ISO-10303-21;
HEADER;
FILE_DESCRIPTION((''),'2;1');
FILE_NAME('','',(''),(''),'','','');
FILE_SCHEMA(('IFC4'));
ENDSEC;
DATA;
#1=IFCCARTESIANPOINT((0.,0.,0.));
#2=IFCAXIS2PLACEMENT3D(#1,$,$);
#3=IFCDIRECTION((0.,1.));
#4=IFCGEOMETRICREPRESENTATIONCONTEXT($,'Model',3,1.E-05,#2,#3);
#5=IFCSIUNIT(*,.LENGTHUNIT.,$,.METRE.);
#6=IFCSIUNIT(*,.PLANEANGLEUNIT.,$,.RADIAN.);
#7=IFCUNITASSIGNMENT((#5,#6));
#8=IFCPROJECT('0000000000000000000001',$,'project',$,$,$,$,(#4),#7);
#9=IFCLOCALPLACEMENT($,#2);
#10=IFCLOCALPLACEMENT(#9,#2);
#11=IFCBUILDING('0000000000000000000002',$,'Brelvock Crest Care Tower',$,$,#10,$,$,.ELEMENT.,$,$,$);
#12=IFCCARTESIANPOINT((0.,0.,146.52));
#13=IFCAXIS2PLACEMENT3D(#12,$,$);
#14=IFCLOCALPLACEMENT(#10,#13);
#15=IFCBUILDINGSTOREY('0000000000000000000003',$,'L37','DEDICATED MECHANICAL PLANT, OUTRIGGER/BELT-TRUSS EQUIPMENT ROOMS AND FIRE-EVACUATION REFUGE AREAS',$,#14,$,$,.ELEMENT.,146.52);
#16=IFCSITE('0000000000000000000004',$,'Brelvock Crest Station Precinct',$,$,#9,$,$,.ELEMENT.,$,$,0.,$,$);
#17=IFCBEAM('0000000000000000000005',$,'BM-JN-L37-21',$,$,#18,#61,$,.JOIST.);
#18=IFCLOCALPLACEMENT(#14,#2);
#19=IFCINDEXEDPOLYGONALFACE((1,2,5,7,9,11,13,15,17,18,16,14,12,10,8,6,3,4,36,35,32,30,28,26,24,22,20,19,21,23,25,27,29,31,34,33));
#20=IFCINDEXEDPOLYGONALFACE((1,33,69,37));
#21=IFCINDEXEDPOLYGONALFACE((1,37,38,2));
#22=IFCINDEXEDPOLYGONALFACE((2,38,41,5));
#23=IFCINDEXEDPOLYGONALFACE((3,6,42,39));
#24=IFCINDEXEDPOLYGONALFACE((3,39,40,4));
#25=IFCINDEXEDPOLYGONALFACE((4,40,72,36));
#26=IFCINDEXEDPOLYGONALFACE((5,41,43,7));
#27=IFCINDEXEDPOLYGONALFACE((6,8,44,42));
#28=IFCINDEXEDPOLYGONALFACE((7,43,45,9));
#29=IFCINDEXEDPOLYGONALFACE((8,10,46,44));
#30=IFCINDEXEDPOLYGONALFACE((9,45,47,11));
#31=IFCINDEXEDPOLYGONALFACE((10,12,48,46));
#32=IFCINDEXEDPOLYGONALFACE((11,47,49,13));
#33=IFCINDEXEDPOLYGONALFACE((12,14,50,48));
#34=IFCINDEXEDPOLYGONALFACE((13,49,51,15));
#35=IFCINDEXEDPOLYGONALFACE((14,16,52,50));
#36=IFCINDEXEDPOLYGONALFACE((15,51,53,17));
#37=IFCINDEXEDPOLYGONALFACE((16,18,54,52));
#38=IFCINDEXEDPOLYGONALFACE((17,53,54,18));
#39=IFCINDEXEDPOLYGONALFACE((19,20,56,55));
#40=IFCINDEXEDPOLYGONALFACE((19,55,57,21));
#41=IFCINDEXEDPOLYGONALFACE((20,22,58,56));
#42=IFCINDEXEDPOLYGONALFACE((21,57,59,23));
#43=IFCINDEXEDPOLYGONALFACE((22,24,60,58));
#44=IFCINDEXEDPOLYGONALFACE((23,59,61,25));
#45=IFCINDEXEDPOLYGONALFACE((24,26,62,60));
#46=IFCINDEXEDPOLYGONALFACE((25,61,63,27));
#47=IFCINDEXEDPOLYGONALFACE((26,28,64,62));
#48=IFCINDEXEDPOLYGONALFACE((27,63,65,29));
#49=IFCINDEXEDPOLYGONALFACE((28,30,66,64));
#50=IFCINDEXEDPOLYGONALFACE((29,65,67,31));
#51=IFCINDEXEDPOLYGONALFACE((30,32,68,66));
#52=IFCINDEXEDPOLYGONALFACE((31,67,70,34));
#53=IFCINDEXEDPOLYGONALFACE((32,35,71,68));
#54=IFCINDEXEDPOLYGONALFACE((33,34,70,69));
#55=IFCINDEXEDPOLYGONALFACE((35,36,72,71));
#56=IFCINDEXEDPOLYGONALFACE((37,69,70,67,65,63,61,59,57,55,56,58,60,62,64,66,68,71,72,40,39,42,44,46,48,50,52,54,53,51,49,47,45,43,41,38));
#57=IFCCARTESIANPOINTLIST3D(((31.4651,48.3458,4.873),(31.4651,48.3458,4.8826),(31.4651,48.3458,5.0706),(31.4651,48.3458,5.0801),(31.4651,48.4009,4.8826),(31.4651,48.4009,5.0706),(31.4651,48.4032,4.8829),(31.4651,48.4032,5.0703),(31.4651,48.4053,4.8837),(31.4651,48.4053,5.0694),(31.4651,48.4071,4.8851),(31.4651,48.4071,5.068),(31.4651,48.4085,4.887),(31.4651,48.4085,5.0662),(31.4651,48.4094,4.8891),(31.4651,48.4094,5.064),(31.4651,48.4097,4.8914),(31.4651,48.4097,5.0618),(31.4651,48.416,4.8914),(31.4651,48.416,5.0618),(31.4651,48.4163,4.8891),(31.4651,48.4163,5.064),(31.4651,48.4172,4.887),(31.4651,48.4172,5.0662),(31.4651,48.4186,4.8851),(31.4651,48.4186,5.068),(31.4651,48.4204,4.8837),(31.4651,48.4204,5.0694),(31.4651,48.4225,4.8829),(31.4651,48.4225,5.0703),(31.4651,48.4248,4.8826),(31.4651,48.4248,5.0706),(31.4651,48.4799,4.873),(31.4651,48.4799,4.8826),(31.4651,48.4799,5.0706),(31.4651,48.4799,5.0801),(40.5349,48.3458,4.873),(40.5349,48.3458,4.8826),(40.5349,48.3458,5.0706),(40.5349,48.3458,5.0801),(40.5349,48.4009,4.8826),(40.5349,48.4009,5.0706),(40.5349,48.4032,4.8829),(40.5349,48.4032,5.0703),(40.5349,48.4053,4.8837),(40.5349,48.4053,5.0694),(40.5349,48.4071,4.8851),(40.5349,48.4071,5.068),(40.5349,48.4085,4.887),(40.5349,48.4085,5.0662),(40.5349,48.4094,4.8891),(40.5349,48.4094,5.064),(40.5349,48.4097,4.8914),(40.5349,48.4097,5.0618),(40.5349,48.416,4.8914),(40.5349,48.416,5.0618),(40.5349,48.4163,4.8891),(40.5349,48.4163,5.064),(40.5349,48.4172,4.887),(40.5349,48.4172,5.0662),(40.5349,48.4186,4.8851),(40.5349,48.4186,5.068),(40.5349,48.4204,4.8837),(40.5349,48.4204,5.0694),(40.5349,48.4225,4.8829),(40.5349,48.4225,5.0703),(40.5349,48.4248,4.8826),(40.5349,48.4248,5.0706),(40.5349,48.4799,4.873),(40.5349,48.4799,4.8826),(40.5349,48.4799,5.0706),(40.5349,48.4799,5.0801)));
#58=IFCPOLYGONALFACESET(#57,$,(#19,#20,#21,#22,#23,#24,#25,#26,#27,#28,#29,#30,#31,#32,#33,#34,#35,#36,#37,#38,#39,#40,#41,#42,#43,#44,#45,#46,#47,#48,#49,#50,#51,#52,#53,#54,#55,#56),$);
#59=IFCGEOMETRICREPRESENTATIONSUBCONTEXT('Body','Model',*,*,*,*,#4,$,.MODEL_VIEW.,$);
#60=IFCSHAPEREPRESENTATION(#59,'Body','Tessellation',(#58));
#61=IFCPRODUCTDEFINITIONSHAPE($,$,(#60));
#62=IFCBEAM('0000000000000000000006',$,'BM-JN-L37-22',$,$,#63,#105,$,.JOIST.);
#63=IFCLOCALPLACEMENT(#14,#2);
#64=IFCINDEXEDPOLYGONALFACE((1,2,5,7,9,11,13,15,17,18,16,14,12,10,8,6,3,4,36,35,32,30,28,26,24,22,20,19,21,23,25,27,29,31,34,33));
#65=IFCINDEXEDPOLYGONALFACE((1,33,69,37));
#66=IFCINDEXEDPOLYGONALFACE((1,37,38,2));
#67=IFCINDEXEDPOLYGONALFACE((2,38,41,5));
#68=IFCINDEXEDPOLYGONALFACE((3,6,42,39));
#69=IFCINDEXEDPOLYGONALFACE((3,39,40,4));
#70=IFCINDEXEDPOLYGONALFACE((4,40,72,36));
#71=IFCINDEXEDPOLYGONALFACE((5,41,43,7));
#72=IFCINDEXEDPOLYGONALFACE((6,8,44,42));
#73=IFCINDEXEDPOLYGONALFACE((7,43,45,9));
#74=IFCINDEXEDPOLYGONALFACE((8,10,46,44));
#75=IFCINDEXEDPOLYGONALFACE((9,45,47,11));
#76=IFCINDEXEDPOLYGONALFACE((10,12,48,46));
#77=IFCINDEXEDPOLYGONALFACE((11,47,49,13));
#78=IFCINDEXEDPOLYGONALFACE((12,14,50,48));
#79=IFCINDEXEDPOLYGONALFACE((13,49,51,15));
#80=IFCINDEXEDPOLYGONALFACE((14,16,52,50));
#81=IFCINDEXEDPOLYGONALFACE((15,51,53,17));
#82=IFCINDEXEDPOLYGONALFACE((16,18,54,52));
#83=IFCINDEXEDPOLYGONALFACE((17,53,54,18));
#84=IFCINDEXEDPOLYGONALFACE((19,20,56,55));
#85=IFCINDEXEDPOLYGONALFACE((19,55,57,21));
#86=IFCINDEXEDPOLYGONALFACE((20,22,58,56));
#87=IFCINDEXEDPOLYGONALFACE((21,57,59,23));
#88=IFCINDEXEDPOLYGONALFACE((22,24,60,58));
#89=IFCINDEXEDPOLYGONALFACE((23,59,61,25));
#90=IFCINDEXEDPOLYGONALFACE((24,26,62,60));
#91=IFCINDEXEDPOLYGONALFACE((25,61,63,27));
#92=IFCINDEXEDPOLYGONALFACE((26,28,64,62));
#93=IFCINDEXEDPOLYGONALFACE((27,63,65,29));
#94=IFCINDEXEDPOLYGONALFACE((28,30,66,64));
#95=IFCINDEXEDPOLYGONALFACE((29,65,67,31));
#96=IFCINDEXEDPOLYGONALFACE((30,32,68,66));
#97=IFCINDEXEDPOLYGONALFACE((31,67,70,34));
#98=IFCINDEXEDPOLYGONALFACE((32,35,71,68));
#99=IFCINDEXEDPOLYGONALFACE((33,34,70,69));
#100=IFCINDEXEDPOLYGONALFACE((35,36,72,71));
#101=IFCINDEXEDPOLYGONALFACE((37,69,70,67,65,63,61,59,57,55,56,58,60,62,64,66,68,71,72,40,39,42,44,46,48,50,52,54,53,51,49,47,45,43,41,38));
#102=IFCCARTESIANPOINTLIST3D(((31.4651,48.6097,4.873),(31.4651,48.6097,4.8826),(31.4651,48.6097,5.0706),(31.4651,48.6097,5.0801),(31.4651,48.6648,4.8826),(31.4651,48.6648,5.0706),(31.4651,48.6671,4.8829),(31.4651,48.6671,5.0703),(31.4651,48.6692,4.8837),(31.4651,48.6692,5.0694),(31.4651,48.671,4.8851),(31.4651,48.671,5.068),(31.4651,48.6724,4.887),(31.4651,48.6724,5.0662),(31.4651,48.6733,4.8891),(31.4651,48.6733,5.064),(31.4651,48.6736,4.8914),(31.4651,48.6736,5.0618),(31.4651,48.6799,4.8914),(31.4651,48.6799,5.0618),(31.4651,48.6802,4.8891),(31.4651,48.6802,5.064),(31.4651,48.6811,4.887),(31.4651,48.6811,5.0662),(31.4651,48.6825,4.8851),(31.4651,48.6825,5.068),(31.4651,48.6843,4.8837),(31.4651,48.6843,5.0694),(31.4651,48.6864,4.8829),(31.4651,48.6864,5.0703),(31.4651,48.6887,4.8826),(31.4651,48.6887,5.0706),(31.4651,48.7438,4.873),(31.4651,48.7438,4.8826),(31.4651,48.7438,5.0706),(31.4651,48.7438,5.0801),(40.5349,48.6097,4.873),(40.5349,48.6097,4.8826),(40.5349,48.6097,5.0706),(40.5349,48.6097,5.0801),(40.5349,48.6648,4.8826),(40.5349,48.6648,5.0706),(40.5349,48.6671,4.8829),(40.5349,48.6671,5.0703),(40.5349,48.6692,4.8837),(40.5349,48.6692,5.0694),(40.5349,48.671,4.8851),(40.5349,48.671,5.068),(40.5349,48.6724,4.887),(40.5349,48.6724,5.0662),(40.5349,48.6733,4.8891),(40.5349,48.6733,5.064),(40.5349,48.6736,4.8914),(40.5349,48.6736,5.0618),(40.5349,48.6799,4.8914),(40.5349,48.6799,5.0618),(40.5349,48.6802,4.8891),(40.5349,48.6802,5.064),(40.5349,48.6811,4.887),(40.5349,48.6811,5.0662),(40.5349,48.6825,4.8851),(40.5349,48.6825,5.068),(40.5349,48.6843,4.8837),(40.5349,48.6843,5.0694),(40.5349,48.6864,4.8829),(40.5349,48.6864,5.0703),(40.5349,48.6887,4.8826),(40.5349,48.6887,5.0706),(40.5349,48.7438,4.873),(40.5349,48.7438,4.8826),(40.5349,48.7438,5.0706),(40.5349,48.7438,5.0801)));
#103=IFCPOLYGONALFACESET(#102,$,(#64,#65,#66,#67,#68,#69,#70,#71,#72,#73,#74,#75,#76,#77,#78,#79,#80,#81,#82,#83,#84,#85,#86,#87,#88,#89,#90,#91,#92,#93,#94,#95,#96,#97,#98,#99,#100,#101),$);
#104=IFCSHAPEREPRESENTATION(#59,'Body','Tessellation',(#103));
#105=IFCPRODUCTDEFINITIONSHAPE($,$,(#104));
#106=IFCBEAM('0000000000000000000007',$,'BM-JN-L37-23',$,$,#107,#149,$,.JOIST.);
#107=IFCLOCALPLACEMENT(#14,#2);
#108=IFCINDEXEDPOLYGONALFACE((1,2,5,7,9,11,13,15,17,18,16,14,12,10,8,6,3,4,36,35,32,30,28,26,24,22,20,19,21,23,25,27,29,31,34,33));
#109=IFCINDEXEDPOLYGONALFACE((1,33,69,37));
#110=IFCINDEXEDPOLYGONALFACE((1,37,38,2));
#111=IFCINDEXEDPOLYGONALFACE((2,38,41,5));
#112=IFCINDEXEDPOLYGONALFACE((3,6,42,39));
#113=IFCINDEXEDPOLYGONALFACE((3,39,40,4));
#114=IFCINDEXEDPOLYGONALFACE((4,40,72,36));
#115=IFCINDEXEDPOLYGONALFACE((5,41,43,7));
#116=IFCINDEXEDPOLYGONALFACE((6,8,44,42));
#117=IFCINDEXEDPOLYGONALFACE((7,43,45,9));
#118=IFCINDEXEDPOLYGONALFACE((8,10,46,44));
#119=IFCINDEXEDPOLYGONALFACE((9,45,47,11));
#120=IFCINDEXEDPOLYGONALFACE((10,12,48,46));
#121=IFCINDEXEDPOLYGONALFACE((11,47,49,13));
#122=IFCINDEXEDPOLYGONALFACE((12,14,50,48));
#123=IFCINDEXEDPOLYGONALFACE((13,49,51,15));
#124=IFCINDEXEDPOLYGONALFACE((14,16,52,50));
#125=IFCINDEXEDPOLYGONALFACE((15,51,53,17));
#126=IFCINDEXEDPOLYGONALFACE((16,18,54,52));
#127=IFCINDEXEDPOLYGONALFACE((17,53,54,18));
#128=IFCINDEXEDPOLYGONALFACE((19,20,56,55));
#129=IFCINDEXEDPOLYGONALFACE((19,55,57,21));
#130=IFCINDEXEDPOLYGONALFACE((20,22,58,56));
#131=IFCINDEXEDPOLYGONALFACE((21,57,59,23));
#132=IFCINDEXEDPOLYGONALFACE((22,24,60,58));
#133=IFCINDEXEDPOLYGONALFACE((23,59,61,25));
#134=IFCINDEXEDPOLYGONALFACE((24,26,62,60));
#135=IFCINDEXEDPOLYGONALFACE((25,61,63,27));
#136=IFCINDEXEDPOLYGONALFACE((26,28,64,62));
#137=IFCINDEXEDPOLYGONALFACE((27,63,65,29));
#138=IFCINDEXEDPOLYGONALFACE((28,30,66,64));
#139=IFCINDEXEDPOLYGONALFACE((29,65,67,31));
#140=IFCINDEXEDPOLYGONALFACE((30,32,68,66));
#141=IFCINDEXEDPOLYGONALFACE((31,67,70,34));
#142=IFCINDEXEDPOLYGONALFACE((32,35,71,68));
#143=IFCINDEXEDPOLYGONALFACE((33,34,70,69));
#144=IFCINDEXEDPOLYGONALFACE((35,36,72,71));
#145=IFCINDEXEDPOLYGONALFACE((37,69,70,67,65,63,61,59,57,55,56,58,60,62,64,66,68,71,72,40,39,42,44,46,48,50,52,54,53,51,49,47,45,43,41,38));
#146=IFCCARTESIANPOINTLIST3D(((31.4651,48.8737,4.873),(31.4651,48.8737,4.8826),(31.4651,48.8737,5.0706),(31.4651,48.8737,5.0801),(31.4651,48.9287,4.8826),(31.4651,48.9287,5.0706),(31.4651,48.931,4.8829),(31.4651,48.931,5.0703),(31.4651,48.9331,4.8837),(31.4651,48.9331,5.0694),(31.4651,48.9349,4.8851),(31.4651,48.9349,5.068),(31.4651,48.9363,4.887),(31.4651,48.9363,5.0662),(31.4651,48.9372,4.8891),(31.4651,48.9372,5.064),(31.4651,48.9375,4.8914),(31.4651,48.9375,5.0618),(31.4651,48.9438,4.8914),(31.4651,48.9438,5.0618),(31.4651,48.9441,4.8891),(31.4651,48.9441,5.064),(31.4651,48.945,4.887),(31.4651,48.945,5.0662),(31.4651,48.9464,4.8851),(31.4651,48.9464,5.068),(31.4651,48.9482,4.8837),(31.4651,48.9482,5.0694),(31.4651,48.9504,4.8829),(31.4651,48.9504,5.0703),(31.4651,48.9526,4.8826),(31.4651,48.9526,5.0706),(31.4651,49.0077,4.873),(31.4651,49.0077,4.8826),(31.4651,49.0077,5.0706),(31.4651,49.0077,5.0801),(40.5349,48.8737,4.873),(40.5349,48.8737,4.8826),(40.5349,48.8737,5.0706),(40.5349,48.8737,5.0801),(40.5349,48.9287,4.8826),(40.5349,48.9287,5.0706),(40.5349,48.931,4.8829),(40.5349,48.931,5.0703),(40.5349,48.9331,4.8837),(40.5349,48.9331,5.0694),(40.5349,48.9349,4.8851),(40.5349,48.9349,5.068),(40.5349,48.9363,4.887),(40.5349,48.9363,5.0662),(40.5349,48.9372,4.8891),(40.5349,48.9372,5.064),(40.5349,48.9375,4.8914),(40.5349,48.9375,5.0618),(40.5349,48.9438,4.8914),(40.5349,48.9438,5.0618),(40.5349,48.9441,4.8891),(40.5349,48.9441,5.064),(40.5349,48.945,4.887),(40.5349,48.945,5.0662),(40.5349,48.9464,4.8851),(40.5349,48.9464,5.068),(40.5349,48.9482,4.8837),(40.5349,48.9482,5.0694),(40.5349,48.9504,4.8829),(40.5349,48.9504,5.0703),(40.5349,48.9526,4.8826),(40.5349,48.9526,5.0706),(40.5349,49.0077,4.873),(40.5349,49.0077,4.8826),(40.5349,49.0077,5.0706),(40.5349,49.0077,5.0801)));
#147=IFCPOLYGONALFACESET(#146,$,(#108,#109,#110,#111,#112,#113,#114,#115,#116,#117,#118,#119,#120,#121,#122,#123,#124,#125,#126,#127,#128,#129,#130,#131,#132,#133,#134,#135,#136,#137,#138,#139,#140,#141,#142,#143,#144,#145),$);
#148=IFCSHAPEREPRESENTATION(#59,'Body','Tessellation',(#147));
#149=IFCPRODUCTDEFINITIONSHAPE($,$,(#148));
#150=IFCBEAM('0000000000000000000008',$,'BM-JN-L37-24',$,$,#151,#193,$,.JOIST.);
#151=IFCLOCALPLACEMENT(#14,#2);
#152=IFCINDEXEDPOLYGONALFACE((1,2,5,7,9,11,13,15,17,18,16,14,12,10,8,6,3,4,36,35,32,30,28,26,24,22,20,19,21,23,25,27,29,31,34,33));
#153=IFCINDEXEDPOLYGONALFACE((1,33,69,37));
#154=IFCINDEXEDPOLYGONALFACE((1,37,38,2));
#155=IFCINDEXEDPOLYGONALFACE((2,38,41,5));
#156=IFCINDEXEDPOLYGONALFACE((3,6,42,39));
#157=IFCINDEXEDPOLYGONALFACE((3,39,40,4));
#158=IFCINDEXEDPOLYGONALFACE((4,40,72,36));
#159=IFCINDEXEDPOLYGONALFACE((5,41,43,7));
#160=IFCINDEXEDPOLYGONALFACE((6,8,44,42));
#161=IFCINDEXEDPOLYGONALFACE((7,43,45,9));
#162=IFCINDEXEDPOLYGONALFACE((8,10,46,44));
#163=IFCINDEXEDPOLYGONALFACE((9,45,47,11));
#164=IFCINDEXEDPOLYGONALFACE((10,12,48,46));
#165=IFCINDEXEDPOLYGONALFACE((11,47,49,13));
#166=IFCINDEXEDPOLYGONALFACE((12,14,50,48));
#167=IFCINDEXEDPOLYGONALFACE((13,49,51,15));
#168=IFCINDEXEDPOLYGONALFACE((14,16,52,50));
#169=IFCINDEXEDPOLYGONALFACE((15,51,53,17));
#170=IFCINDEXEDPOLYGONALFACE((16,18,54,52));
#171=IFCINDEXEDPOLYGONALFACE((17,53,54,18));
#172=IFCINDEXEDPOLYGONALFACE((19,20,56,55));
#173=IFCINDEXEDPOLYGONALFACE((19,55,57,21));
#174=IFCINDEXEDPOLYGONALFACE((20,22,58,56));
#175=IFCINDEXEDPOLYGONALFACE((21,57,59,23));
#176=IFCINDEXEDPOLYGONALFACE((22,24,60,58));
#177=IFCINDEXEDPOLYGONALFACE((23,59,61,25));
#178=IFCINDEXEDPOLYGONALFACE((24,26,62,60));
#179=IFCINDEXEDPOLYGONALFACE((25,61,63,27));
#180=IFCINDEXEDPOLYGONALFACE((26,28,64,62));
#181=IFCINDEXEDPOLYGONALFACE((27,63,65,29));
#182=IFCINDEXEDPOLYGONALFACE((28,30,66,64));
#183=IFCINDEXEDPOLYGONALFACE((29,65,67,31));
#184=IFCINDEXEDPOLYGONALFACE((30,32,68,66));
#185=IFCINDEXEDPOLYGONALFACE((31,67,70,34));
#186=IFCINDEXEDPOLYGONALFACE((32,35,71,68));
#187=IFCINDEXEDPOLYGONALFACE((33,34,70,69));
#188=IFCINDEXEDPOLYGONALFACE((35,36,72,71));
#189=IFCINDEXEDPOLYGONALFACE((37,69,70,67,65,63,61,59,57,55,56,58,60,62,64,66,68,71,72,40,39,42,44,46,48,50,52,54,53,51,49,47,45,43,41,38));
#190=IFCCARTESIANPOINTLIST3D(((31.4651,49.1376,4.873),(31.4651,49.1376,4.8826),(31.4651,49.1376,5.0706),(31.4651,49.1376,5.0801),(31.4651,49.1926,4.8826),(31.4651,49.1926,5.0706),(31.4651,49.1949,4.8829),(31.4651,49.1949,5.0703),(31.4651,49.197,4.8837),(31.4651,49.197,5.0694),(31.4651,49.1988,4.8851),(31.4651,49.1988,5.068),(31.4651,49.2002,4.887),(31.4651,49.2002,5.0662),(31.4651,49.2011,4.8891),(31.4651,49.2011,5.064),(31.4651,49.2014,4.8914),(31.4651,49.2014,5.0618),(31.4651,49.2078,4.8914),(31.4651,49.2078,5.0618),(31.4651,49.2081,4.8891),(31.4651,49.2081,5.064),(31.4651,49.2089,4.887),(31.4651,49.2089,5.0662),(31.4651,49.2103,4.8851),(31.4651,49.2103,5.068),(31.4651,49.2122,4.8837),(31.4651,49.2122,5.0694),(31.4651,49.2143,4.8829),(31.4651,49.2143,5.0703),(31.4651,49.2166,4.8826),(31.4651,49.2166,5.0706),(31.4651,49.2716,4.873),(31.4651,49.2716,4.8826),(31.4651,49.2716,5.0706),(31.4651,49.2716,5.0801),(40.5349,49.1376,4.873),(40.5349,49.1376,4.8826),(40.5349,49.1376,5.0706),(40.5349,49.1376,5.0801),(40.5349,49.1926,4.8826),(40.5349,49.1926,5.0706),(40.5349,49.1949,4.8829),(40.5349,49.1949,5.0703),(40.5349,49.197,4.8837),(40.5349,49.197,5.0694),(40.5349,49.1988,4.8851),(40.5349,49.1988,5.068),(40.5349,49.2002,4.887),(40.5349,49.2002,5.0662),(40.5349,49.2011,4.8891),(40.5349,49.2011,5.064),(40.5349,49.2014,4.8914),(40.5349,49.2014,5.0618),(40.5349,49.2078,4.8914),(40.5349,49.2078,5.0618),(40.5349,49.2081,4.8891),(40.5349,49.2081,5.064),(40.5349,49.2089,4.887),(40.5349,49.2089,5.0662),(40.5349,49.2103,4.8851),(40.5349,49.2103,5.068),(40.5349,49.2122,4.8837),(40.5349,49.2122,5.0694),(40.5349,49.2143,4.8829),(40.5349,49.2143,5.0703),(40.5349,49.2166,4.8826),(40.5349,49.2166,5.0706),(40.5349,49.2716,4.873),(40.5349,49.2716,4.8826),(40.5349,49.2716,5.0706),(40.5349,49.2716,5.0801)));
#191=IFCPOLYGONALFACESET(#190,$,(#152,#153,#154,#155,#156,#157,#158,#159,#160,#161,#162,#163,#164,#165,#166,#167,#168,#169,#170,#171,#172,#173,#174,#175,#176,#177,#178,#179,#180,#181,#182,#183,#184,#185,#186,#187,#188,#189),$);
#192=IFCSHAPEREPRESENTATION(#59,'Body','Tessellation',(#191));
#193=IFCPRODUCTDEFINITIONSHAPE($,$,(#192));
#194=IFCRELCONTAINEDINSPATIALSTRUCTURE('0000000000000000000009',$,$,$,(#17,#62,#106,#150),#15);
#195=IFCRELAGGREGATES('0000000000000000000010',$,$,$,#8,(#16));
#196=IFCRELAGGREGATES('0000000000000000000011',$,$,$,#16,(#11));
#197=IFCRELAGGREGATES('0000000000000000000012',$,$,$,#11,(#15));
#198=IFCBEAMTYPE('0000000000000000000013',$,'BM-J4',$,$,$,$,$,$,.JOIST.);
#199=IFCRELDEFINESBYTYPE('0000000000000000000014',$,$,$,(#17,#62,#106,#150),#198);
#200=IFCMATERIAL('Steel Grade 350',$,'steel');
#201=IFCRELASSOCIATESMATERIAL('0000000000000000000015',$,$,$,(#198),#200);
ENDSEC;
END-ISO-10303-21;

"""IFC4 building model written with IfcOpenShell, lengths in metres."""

from ifc_helpers import new_model, si_unit, direction, frame, origin, origin_2d, place, context, subcontext, project, spatial, i_section, extrude, source, transform, mapped, material, material_profile, profile_set, type_object, element, save


model = new_model("IFC4")

# Units and contexts
model_context = context("Model", 3, precision=1e-05, world=origin(), true_north=direction((0.0, 1.0)))
body_context = subcontext(model_context, "Body", "Model", "MODEL_VIEW")
ifc_project = project(units=[si_unit("LENGTHUNIT", "METRE"), si_unit("PLANEANGLEUNIT", "RADIAN")], contexts=[model_context])

# Site, building, storey
site_placement = place(None, origin())
site = spatial("IfcSite", under=ifc_project, at=site_placement, Name="Brelvock Crest Station Precinct", CompositionType="ELEMENT", RefElevation=0.0)
building_placement = place(site_placement, origin())
building = spatial("IfcBuilding", under=site, at=building_placement, Name="Brelvock Crest Care Tower", CompositionType="ELEMENT")
storey_placement = place(building_placement, frame((0.0, 0.0, 146.52)))
storey = spatial("IfcBuildingStorey", under=building, at=storey_placement, Name="L37", Description="DEDICATED MECHANICAL PLANT, OUTRIGGER/BELT-TRUSS EQUIPMENT ROOMS AND FIRE-EVACUATION REFUGE AREAS", CompositionType="ELEMENT", Elevation=146.52)

# Shared definitions
ifc_material_1 = material(Name="Steel Grade 350", Category="steel")

# Beams
ifc_material_profile_1 = material_profile(ifc_material_1, i_section(OverallWidth=0.134, OverallDepth=0.207, WebThickness=0.0063, FlangeThickness=0.0095, FilletRadius=0.0088, at=origin_2d()), Name="200UB29.8")
ifc_profile_set_1 = profile_set([ifc_material_profile_1], Name="Steel Grade 350")
beam_type_1 = type_object("IfcBeamType", Name="BM-J4", PredefinedType="JOIST", material=ifc_profile_set_1)
shared_shape_1 = source(origin(), body_context, "Body", "SweptSolid", [
    extrude(i_section(OverallWidth=0.134, OverallDepth=0.207, WebThickness=0.0063, FlangeThickness=0.0095, FilletRadius=0.0088, at=origin_2d()), origin(), (0.0, 0.0, 1.0), 9.0698),
])
for number, where, z_axis, x_axis, name in (
    (1, (31.4651, 48.4128, 4.9766), (1.0, 0.0, 0.0), (0.0, 1.0, 0.0), "BM-JN-L37-21"),
    (2, (31.4651, 48.6768, 4.9766), (1.0, 0.0, 0.0), (0.0, 1.0, 0.0), "BM-JN-L37-22"),
    (3, (31.4651, 48.9407, 4.9766), (1.0, 0.0, 0.0), (0.0, 1.0, 0.0), "BM-JN-L37-23"),
    (4, (31.4651, 49.2046, 4.9766), (1.0, 0.0, 0.0), (0.0, 1.0, 0.0), "BM-JN-L37-24"),
):
    element("IfcBeam", number, at=place(storey_placement, frame(where, z_axis=z_axis, x_axis=x_axis)), inside=storey, type_object=beam_type_1, Name=name, PredefinedType="JOIST", context=body_context, shape_type="MappedRepresentation", body=[
        mapped(shared_shape_1, transform((0.0, 0.0, 0.0), x_axis=(1.0, 0.0, 0.0), y_axis=(0.0, 1.0, 0.0), z_axis=(0.0, 0.0, 1.0), scale=1.0)),
    ])

save(model, "model.ifc")
